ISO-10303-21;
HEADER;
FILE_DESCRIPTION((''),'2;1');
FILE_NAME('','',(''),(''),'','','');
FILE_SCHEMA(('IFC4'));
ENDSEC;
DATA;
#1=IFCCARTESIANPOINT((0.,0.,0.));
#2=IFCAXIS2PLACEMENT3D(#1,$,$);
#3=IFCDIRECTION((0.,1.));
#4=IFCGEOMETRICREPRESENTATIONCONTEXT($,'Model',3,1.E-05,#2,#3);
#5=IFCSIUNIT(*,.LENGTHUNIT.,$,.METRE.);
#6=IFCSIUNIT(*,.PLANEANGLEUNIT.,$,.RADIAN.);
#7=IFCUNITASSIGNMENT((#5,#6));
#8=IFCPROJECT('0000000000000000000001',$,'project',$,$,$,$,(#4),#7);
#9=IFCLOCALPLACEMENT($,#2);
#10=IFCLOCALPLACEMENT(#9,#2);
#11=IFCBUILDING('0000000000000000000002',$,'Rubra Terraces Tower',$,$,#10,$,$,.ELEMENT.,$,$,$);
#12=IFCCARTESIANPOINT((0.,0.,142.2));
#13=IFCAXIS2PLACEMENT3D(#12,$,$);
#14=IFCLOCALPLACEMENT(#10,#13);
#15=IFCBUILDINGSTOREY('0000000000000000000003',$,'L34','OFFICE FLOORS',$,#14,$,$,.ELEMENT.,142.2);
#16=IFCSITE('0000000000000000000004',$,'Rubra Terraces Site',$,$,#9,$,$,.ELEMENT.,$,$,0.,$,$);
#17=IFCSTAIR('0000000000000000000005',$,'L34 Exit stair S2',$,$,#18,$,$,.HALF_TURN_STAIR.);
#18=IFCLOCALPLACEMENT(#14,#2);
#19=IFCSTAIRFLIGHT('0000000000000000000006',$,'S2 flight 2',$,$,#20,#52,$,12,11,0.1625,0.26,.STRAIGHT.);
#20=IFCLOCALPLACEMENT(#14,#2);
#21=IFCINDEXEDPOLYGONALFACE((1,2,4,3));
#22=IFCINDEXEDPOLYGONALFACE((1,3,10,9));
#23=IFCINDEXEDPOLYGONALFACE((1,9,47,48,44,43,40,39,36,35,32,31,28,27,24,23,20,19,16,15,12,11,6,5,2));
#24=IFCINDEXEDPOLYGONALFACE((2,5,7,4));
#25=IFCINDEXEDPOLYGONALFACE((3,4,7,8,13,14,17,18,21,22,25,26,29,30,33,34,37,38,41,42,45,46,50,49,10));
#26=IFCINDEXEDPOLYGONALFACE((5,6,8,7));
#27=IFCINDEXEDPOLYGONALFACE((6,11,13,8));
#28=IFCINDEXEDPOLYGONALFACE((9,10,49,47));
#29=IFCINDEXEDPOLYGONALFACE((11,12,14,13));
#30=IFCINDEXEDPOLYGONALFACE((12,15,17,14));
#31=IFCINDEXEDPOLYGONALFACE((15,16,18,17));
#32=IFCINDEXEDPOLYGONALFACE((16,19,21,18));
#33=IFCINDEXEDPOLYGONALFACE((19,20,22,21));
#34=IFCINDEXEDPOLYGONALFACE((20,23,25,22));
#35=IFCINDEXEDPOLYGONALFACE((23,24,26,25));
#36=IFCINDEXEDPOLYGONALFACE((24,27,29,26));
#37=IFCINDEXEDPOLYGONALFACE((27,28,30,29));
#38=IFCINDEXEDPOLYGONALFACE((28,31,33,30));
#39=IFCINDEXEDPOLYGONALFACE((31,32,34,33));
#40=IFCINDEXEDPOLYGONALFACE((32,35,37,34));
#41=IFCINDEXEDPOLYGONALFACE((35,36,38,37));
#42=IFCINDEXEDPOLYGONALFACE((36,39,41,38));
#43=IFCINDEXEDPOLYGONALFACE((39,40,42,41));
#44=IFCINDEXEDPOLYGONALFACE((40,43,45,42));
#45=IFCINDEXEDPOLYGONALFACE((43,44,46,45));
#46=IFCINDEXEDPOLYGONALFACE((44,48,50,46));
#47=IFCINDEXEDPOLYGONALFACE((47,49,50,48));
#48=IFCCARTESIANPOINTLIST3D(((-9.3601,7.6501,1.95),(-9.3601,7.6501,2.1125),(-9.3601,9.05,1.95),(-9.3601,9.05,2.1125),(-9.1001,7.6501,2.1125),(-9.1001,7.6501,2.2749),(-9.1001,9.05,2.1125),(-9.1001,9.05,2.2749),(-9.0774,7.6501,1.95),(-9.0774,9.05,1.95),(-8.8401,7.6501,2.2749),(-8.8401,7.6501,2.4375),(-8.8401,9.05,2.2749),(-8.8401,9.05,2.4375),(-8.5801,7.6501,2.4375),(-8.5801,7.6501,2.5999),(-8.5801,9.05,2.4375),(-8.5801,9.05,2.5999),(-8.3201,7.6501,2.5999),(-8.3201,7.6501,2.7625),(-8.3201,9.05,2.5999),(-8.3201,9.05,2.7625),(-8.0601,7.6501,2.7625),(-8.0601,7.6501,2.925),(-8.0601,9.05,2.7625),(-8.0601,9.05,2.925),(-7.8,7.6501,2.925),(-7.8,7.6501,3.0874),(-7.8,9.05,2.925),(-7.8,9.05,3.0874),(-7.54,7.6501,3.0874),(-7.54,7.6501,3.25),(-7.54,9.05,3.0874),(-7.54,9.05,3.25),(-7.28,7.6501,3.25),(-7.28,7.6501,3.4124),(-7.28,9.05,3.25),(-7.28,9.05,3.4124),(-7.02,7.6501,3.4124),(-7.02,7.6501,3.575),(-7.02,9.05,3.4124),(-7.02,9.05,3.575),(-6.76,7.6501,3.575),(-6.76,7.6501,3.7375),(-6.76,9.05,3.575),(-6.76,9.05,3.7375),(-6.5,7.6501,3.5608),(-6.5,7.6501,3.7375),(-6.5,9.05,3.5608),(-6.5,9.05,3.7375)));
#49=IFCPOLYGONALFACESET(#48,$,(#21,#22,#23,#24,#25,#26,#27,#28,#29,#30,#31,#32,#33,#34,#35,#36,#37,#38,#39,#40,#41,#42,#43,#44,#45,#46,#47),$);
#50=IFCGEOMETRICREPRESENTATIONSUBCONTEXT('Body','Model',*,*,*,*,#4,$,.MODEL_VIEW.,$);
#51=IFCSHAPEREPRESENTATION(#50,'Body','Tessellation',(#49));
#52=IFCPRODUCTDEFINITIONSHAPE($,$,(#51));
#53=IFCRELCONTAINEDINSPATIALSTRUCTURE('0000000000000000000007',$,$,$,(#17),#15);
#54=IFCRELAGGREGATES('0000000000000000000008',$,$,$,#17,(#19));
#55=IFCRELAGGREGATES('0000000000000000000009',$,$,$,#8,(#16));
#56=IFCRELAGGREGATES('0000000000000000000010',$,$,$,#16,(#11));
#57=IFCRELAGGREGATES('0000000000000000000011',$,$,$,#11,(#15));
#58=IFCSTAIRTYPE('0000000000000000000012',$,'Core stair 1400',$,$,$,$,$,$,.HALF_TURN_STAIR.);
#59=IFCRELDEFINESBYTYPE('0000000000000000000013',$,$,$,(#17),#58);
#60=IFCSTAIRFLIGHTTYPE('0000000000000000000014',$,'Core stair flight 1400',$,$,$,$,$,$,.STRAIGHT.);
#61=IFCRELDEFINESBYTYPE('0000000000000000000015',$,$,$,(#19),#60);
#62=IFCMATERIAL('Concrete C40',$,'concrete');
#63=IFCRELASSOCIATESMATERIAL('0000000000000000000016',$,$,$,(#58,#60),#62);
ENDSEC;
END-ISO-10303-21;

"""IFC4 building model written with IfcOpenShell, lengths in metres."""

from ifc_helpers import new_model, si_unit, direction, frame, origin, place, context, subcontext, project, spatial, polyline, outline, extrude, material, type_object, element, aggregate, save


model = new_model("IFC4")

# Units and contexts
model_context = context("Model", 3, precision=1e-05, world=origin(), true_north=direction((0.0, 1.0)))
body_context = subcontext(model_context, "Body", "Model", "MODEL_VIEW")
ifc_project = project(units=[si_unit("LENGTHUNIT", "METRE"), si_unit("PLANEANGLEUNIT", "RADIAN")], contexts=[model_context])

# Site, building, storey
site_placement = place(None, origin())
site = spatial("IfcSite", under=ifc_project, at=site_placement, Name="Rubra Terraces Site", CompositionType="ELEMENT", RefElevation=0.0)
building_placement = place(site_placement, origin())
building = spatial("IfcBuilding", under=site, at=building_placement, Name="Rubra Terraces Tower", CompositionType="ELEMENT")
storey_placement = place(building_placement, frame((0.0, 0.0, 142.2)))
storey = spatial("IfcBuildingStorey", under=building, at=storey_placement, Name="L34", Description="OFFICE FLOORS", CompositionType="ELEMENT", Elevation=142.2)

# Shared definitions
ifc_material_1 = material(Name="Concrete C40", Category="concrete")

# Stair, stair flight
stair_type = type_object("IfcStairType", Name="Core stair 1400", PredefinedType="HALF_TURN_STAIR", material=ifc_material_1)
stair_placement = place(storey_placement, origin())
stair = element("IfcStair", 1, at=stair_placement, inside=storey, type_object=stair_type, Name="L34 Exit stair S2", PredefinedType="HALF_TURN_STAIR")
stair_flight_type = type_object("IfcStairFlightType", Name="Core stair flight 1400", PredefinedType="STRAIGHT", material=ifc_material_1)
stair_flight_placement = place(storey_placement, frame((-9.3601, 8.3501, 1.95), z_axis=(0.0, 0.0, 1.0), x_axis=(1.0, 0.0, 0.0)))
stair_flight = element("IfcStairFlight", 2, at=stair_flight_placement, type_object=stair_flight_type, Name="S2 flight 2", NumberOfRisers=12, NumberOfTreads=11, PredefinedType="STRAIGHT", RiserHeight=0.1625, TreadLength=0.26, context=body_context, shape_type="SweptSolid", body=[
    extrude(outline(polyline([(0.0, 0.0), (0.0, 0.1626), (0.26, 0.1626), (0.26, 0.325), (0.52, 0.325), (0.52, 0.4875), (0.78, 0.4875), (0.78, 0.6499), (1.04, 0.6499), (1.04, 0.8125), (1.3, 0.8125), (1.3, 0.9751), (1.5601, 0.9751), (1.5601, 1.1375), (1.8201, 1.1375), (1.8201, 1.3), (2.0801, 1.3), (2.0801, 1.4624), (2.3401, 1.4624), (2.3401, 1.625), (2.6001, 1.625), (2.6001, 1.7876), (2.8601, 1.7876), (2.8601, 1.95), (2.8601, 1.6108), (0.2827, 0.0), (0.0, 0.0)])), frame((0.0, 0.7, 0.0), z_axis=(0.0, -1.0, 0.0), x_axis=(1.0, 0.0, 0.0)), (0.0, 0.0, 1.0), 1.3999),
])
aggregate(stair, [stair_flight])

save(model, "model.ifc")
